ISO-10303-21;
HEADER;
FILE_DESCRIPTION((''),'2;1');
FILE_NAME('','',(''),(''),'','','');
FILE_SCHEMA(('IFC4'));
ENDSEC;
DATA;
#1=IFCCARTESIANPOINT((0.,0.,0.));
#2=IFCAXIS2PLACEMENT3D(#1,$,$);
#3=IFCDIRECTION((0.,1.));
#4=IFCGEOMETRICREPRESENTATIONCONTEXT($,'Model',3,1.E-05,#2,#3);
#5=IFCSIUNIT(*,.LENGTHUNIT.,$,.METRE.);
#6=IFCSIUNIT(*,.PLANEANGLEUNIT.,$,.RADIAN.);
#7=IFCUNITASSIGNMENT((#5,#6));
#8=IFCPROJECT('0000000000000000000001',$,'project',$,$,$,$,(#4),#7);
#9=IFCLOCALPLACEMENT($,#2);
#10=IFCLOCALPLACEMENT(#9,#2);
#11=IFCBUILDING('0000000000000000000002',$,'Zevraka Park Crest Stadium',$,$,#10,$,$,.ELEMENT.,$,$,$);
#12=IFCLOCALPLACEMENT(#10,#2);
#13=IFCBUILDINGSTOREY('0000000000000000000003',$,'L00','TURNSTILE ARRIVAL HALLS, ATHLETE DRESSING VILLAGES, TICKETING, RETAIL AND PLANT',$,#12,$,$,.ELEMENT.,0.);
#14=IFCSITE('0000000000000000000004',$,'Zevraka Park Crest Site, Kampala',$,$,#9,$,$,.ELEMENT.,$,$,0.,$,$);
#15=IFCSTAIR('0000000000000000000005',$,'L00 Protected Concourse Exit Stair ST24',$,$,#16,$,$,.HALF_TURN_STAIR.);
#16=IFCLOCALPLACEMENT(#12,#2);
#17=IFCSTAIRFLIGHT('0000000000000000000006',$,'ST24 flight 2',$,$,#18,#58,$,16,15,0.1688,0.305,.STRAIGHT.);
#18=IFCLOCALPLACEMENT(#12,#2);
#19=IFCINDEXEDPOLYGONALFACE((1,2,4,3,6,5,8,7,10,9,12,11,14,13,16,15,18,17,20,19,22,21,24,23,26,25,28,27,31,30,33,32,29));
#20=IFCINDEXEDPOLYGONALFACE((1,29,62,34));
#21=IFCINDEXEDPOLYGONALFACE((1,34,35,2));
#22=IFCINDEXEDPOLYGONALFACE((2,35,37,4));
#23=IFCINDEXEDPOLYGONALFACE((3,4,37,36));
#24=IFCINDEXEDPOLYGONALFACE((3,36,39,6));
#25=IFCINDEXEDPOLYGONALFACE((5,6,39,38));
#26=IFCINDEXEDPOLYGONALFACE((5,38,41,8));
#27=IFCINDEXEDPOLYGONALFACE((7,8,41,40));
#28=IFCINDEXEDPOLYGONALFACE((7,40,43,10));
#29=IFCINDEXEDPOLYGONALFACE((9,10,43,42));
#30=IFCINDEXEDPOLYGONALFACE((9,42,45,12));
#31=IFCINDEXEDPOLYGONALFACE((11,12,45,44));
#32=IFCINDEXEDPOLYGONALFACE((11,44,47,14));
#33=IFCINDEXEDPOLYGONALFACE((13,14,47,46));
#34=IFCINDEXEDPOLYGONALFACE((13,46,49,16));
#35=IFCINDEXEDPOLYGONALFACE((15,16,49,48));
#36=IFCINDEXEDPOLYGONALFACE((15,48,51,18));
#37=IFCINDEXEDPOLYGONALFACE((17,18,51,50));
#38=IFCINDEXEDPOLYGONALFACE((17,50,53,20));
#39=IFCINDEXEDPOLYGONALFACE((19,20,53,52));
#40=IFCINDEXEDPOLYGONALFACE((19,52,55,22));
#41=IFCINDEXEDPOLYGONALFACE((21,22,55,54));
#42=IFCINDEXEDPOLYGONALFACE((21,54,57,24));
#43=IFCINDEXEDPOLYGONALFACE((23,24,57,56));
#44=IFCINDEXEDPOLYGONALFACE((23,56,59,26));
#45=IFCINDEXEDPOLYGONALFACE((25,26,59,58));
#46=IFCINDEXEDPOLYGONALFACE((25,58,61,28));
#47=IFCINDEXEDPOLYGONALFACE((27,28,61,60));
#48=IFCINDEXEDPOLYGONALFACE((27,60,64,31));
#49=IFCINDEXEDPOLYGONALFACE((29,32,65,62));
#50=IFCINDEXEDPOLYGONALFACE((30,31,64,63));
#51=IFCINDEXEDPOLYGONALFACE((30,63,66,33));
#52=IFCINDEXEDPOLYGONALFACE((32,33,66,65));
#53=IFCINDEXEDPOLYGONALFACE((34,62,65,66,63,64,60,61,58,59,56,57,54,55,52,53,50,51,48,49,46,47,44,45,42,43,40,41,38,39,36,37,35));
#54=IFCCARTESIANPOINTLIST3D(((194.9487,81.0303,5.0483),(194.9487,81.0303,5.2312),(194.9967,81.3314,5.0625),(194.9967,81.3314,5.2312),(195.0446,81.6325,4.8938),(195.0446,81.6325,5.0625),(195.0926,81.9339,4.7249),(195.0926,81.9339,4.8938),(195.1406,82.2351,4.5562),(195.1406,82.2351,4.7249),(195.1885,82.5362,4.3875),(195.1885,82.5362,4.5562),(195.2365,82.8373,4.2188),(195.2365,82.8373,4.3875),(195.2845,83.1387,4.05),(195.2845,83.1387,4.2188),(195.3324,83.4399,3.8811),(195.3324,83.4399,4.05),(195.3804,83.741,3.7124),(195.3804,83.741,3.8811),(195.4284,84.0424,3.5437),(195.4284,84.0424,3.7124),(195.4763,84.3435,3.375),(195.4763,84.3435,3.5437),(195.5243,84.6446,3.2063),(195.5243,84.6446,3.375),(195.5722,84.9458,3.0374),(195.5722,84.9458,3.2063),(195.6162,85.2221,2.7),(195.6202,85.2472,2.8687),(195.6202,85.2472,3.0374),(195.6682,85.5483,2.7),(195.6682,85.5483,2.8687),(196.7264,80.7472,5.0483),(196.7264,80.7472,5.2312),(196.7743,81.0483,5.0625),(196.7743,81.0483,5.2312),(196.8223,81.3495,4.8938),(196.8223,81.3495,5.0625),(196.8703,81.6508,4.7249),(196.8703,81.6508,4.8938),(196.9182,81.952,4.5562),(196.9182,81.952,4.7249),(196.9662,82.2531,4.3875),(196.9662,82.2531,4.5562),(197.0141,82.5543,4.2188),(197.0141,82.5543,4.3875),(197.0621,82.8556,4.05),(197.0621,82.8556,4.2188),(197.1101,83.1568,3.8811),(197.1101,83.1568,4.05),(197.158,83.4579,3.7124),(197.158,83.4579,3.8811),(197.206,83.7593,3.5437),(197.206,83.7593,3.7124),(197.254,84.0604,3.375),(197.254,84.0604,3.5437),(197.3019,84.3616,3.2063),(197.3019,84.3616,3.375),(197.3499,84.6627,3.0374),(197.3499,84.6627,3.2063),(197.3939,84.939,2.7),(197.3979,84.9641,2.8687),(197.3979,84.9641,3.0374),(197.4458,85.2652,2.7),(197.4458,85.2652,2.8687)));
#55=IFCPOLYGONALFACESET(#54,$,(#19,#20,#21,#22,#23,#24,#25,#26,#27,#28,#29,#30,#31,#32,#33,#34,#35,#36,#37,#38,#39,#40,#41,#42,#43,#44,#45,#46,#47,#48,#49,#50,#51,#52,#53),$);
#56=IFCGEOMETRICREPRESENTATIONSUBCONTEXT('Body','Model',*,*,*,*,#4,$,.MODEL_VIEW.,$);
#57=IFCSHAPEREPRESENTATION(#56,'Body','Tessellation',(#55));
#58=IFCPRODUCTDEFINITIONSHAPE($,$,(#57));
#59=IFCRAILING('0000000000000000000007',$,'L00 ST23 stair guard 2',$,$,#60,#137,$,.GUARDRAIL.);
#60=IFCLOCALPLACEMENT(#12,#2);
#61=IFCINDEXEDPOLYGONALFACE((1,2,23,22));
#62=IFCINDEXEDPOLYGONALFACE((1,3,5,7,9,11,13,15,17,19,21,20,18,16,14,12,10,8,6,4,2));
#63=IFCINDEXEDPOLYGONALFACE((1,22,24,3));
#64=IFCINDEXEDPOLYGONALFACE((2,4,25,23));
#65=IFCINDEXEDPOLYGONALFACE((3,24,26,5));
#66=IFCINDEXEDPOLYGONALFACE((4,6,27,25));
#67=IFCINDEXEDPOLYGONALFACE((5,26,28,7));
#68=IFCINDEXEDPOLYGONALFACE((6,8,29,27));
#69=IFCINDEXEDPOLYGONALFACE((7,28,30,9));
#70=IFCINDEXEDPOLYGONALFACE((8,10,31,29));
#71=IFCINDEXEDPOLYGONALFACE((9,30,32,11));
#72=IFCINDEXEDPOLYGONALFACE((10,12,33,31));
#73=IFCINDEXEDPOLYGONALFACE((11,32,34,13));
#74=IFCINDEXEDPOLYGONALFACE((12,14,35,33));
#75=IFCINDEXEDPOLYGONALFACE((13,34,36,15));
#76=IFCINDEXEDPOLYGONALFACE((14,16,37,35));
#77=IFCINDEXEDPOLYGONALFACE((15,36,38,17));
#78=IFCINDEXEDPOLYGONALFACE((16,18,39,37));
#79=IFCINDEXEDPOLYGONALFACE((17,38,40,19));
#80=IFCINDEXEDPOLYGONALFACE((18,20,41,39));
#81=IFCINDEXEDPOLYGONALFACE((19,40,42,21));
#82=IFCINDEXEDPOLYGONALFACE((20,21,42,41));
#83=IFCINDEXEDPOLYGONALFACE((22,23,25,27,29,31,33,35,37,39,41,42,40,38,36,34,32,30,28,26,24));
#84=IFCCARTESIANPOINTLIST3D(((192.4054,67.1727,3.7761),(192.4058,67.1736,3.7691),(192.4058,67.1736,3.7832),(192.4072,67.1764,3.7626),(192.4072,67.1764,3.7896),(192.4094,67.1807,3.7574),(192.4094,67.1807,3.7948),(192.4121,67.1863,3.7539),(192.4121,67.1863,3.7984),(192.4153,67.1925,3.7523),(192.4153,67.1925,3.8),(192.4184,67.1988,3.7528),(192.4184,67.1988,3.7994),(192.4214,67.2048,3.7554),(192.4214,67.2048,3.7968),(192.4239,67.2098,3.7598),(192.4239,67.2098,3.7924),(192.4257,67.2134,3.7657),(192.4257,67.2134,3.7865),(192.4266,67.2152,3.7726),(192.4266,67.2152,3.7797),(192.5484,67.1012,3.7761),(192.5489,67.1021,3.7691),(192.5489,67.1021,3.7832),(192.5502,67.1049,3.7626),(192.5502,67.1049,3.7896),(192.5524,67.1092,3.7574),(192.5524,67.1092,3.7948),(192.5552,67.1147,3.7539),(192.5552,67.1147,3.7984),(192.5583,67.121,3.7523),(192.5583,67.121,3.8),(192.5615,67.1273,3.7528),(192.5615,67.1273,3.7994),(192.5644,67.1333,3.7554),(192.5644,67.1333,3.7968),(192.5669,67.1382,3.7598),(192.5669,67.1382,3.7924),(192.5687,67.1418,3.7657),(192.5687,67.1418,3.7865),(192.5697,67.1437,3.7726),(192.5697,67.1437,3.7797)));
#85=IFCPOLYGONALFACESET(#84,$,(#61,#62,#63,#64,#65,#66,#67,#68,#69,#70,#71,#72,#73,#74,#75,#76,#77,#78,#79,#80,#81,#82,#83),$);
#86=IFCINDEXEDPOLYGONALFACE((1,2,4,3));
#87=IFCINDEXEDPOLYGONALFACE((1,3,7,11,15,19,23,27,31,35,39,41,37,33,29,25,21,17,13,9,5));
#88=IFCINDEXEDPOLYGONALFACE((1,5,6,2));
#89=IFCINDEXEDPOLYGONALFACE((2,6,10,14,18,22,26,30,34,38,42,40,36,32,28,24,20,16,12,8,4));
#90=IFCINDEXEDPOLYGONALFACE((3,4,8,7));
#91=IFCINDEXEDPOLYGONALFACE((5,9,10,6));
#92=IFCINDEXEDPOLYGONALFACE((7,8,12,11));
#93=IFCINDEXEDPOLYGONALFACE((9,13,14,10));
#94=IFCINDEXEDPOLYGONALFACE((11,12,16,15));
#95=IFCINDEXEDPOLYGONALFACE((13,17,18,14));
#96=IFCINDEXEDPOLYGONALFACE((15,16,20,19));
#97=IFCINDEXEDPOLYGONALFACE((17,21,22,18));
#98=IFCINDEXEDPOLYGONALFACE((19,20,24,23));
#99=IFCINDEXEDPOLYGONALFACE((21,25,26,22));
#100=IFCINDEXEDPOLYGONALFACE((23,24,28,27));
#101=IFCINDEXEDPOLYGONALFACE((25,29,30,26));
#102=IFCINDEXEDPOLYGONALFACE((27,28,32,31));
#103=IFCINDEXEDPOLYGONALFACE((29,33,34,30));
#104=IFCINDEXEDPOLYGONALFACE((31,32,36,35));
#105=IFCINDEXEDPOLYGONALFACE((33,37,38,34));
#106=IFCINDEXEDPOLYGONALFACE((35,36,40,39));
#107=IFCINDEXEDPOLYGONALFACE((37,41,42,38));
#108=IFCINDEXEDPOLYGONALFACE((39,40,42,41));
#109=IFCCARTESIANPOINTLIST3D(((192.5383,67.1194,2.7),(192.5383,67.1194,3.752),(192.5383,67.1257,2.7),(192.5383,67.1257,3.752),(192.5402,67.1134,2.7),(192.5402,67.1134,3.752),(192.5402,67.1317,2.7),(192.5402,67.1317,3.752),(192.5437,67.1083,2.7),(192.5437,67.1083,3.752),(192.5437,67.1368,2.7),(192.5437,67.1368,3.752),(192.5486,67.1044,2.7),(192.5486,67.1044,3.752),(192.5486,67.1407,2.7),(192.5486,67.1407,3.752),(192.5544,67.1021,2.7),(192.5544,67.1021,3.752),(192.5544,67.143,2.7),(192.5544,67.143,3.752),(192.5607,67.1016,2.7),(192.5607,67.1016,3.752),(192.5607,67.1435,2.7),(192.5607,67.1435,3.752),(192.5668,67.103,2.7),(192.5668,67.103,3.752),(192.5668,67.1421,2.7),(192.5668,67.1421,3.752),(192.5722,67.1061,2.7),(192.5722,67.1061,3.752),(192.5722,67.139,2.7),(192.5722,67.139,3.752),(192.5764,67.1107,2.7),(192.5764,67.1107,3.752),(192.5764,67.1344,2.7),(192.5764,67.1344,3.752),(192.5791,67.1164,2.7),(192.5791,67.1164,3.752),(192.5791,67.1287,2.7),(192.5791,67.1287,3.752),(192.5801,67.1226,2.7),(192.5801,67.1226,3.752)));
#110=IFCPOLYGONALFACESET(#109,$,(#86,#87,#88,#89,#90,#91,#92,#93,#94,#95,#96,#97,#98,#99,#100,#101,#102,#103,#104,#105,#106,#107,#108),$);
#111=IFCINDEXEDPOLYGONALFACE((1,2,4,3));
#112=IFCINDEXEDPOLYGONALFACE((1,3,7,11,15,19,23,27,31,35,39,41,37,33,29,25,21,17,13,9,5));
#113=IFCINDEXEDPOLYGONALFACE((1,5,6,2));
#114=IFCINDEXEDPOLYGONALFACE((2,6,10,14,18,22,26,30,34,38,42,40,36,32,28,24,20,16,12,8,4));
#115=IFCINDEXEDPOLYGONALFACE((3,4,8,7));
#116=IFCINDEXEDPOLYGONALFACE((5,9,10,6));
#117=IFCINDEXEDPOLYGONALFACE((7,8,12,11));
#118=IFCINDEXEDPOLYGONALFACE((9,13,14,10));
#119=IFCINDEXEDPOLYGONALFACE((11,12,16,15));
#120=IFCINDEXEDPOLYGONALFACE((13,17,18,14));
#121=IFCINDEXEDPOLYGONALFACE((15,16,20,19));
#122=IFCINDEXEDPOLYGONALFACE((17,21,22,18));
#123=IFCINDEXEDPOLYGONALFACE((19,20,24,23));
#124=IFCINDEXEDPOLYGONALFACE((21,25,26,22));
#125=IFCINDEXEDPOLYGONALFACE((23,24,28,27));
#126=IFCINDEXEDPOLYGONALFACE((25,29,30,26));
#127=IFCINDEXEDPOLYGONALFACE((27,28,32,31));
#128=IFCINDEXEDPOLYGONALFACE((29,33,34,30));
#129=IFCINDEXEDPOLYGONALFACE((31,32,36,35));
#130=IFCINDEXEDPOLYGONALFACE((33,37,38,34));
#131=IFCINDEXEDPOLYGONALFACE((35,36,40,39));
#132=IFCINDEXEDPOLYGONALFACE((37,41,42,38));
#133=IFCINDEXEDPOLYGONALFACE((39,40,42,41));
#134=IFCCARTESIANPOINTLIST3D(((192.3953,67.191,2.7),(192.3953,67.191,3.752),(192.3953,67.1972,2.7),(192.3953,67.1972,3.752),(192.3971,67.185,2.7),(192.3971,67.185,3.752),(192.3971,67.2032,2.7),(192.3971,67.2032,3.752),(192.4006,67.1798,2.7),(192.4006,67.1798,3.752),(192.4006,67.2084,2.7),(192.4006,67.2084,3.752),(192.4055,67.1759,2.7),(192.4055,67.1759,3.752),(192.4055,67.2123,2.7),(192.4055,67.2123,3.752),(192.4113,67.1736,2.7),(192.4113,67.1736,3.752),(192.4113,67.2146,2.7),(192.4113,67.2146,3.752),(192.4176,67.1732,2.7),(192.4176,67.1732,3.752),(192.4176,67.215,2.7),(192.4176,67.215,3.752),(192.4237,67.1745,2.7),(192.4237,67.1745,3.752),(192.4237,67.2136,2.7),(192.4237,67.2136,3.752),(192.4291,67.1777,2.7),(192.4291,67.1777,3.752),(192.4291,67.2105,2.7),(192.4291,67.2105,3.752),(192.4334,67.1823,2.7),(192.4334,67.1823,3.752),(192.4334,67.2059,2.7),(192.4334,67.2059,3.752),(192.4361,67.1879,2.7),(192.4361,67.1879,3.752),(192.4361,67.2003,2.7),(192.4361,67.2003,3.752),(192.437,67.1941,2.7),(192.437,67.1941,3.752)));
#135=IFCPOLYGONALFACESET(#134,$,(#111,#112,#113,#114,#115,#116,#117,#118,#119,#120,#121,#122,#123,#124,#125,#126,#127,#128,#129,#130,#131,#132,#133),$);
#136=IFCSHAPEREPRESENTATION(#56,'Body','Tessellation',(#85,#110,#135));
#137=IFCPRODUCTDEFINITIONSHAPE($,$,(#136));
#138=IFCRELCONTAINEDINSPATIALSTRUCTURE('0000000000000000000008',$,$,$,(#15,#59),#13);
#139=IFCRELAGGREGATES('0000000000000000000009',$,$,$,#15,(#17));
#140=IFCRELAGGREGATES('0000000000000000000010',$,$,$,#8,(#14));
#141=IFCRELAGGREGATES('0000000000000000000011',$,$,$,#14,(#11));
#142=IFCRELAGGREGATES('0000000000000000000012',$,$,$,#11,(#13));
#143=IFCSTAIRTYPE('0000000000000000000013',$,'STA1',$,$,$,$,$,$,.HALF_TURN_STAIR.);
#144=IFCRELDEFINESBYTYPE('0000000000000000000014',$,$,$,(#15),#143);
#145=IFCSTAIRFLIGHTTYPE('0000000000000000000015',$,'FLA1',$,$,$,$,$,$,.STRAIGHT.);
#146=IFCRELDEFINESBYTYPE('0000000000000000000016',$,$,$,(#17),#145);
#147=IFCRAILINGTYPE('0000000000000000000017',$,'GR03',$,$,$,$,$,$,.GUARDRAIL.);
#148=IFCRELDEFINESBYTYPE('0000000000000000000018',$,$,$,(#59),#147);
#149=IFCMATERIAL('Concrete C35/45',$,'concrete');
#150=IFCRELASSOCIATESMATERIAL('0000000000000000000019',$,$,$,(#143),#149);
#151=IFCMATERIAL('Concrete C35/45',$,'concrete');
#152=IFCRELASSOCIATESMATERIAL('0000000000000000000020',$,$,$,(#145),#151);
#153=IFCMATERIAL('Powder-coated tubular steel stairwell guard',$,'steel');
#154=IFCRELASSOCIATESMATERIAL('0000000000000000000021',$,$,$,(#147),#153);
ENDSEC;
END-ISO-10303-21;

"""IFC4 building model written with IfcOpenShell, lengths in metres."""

from ifc_helpers import new_model, si_unit, direction, frame, origin, origin_2d, place, context, subcontext, project, spatial, polyline, circle, outline, extrude, material, type_object, element, aggregate, save


model = new_model("IFC4")

# Units and contexts
model_context = context("Model", 3, precision=1e-05, world=origin(), true_north=direction((0.0, 1.0)))
body_context = subcontext(model_context, "Body", "Model", "MODEL_VIEW")
ifc_project = project(units=[si_unit("LENGTHUNIT", "METRE"), si_unit("PLANEANGLEUNIT", "RADIAN")], contexts=[model_context])

# Site, building, storey
site_placement = place(None, origin())
site = spatial("IfcSite", under=ifc_project, at=site_placement, Name="Zevraka Park Crest Site, Kampala", CompositionType="ELEMENT", RefElevation=0.0)
building_placement = place(site_placement, origin())
building = spatial("IfcBuilding", under=site, at=building_placement, Name="Zevraka Park Crest Stadium", CompositionType="ELEMENT")
storey_placement = place(building_placement, origin())
storey = spatial("IfcBuildingStorey", under=building, at=storey_placement, Name="L00", Description="TURNSTILE ARRIVAL HALLS, ATHLETE DRESSING VILLAGES, TICKETING, RETAIL AND PLANT", CompositionType="ELEMENT", Elevation=0.0)

# Shared definitions
ifc_material_1 = material(Name="Concrete C35/45", Category="concrete")
stair_type = type_object("IfcStairType", Name="STA1", PredefinedType="HALF_TURN_STAIR", material=ifc_material_1)
ifc_material_2 = material(Name="Concrete C35/45", Category="concrete")
stair_flight_type = type_object("IfcStairFlightType", Name="FLA1", PredefinedType="STRAIGHT", material=ifc_material_2)

# Stair, stair flight
stair_1_placement = place(storey_placement, origin())
stair_1 = element("IfcStair", 1, at=stair_1_placement, inside=storey, type_object=stair_type, Name="L00 Protected Concourse Exit Stair ST24", PredefinedType="HALF_TURN_STAIR")
stair_flight_1_placement = place(storey_placement, frame((196.5571, 85.4067, 2.7), z_axis=(0.0, 0.0, 1.0), x_axis=(-0.157262, -0.987557, 0.0)))
stair_flight_1 = element("IfcStairFlight", 2, at=stair_flight_1_placement, type_object=stair_flight_type, Name="ST24 flight 2", NumberOfRisers=16, NumberOfTreads=15, PredefinedType="STRAIGHT", RiserHeight=0.1688, TreadLength=0.305, context=body_context, shape_type="SweptSolid", body=[
    extrude(outline(polyline([(0.0, 0.0), (0.0, 0.1687), (0.3049, 0.1687), (0.3049, 0.3374), (0.6101, 0.3374), (0.6101, 0.5063), (0.915, 0.5063), (0.915, 0.675), (1.22, 0.675), (1.22, 0.8438), (1.5249, 0.8438), (1.5249, 1.0125), (1.8301, 1.0125), (1.8301, 1.1812), (2.135, 1.1812), (2.135, 1.3501), (2.4399, 1.3501), (2.4399, 1.5188), (2.7451, 1.5188), (2.7451, 1.6875), (3.05, 1.6875), (3.05, 1.8562), (3.355, 1.8562), (3.355, 2.0249), (3.6599, 2.0249), (3.6599, 2.1938), (3.9651, 2.1938), (3.9651, 2.3625), (4.27, 2.3625), (4.27, 2.5312), (4.575, 2.5312), (4.575, 2.7), (4.575, 2.3484), (0.3303, 0.0), (0.0, 0.0)])), frame((0.0, 0.8999, 0.0), z_axis=(0.0, -1.0, 0.0), x_axis=(1.0, 0.0, 0.0)), (0.0, 0.0, 1.0), 1.8),
])
aggregate(stair_1, [stair_flight_1])

# Railing
ifc_material_3 = material(Name="Powder-coated tubular steel stairwell guard", Category="steel")
railing_type_1 = type_object("IfcRailingType", Name="GR03", PredefinedType="GUARDRAIL", material=ifc_material_3)
railing_1_placement = place(storey_placement, frame((192.5591, 67.1226, 2.7)))
element("IfcRailing", 3, at=railing_1_placement, inside=storey, type_object=railing_type_1, Name="L00 ST23 stair guard 2", PredefinedType="GUARDRAIL", context=body_context, shape_type="SweptSolid", body=[
    extrude(circle(Radius=0.0239, at=origin_2d()), frame((0.0, 0.0, 1.0762), z_axis=(-0.894427, 0.447214, 0.0), x_axis=(-0.447214, -0.894427, 0.0)), (0.0, 0.0, 1.0), 0.1599),
    extrude(circle(Radius=0.021, at=origin_2d()), origin(), (0.0, 0.0, 1.0), 1.052),
    extrude(circle(Radius=0.021, at=origin_2d()), frame((-0.1431, 0.0715, 0.0)), (0.0, 0.0, 1.0), 1.052),
])

save(model, "model.ifc")
